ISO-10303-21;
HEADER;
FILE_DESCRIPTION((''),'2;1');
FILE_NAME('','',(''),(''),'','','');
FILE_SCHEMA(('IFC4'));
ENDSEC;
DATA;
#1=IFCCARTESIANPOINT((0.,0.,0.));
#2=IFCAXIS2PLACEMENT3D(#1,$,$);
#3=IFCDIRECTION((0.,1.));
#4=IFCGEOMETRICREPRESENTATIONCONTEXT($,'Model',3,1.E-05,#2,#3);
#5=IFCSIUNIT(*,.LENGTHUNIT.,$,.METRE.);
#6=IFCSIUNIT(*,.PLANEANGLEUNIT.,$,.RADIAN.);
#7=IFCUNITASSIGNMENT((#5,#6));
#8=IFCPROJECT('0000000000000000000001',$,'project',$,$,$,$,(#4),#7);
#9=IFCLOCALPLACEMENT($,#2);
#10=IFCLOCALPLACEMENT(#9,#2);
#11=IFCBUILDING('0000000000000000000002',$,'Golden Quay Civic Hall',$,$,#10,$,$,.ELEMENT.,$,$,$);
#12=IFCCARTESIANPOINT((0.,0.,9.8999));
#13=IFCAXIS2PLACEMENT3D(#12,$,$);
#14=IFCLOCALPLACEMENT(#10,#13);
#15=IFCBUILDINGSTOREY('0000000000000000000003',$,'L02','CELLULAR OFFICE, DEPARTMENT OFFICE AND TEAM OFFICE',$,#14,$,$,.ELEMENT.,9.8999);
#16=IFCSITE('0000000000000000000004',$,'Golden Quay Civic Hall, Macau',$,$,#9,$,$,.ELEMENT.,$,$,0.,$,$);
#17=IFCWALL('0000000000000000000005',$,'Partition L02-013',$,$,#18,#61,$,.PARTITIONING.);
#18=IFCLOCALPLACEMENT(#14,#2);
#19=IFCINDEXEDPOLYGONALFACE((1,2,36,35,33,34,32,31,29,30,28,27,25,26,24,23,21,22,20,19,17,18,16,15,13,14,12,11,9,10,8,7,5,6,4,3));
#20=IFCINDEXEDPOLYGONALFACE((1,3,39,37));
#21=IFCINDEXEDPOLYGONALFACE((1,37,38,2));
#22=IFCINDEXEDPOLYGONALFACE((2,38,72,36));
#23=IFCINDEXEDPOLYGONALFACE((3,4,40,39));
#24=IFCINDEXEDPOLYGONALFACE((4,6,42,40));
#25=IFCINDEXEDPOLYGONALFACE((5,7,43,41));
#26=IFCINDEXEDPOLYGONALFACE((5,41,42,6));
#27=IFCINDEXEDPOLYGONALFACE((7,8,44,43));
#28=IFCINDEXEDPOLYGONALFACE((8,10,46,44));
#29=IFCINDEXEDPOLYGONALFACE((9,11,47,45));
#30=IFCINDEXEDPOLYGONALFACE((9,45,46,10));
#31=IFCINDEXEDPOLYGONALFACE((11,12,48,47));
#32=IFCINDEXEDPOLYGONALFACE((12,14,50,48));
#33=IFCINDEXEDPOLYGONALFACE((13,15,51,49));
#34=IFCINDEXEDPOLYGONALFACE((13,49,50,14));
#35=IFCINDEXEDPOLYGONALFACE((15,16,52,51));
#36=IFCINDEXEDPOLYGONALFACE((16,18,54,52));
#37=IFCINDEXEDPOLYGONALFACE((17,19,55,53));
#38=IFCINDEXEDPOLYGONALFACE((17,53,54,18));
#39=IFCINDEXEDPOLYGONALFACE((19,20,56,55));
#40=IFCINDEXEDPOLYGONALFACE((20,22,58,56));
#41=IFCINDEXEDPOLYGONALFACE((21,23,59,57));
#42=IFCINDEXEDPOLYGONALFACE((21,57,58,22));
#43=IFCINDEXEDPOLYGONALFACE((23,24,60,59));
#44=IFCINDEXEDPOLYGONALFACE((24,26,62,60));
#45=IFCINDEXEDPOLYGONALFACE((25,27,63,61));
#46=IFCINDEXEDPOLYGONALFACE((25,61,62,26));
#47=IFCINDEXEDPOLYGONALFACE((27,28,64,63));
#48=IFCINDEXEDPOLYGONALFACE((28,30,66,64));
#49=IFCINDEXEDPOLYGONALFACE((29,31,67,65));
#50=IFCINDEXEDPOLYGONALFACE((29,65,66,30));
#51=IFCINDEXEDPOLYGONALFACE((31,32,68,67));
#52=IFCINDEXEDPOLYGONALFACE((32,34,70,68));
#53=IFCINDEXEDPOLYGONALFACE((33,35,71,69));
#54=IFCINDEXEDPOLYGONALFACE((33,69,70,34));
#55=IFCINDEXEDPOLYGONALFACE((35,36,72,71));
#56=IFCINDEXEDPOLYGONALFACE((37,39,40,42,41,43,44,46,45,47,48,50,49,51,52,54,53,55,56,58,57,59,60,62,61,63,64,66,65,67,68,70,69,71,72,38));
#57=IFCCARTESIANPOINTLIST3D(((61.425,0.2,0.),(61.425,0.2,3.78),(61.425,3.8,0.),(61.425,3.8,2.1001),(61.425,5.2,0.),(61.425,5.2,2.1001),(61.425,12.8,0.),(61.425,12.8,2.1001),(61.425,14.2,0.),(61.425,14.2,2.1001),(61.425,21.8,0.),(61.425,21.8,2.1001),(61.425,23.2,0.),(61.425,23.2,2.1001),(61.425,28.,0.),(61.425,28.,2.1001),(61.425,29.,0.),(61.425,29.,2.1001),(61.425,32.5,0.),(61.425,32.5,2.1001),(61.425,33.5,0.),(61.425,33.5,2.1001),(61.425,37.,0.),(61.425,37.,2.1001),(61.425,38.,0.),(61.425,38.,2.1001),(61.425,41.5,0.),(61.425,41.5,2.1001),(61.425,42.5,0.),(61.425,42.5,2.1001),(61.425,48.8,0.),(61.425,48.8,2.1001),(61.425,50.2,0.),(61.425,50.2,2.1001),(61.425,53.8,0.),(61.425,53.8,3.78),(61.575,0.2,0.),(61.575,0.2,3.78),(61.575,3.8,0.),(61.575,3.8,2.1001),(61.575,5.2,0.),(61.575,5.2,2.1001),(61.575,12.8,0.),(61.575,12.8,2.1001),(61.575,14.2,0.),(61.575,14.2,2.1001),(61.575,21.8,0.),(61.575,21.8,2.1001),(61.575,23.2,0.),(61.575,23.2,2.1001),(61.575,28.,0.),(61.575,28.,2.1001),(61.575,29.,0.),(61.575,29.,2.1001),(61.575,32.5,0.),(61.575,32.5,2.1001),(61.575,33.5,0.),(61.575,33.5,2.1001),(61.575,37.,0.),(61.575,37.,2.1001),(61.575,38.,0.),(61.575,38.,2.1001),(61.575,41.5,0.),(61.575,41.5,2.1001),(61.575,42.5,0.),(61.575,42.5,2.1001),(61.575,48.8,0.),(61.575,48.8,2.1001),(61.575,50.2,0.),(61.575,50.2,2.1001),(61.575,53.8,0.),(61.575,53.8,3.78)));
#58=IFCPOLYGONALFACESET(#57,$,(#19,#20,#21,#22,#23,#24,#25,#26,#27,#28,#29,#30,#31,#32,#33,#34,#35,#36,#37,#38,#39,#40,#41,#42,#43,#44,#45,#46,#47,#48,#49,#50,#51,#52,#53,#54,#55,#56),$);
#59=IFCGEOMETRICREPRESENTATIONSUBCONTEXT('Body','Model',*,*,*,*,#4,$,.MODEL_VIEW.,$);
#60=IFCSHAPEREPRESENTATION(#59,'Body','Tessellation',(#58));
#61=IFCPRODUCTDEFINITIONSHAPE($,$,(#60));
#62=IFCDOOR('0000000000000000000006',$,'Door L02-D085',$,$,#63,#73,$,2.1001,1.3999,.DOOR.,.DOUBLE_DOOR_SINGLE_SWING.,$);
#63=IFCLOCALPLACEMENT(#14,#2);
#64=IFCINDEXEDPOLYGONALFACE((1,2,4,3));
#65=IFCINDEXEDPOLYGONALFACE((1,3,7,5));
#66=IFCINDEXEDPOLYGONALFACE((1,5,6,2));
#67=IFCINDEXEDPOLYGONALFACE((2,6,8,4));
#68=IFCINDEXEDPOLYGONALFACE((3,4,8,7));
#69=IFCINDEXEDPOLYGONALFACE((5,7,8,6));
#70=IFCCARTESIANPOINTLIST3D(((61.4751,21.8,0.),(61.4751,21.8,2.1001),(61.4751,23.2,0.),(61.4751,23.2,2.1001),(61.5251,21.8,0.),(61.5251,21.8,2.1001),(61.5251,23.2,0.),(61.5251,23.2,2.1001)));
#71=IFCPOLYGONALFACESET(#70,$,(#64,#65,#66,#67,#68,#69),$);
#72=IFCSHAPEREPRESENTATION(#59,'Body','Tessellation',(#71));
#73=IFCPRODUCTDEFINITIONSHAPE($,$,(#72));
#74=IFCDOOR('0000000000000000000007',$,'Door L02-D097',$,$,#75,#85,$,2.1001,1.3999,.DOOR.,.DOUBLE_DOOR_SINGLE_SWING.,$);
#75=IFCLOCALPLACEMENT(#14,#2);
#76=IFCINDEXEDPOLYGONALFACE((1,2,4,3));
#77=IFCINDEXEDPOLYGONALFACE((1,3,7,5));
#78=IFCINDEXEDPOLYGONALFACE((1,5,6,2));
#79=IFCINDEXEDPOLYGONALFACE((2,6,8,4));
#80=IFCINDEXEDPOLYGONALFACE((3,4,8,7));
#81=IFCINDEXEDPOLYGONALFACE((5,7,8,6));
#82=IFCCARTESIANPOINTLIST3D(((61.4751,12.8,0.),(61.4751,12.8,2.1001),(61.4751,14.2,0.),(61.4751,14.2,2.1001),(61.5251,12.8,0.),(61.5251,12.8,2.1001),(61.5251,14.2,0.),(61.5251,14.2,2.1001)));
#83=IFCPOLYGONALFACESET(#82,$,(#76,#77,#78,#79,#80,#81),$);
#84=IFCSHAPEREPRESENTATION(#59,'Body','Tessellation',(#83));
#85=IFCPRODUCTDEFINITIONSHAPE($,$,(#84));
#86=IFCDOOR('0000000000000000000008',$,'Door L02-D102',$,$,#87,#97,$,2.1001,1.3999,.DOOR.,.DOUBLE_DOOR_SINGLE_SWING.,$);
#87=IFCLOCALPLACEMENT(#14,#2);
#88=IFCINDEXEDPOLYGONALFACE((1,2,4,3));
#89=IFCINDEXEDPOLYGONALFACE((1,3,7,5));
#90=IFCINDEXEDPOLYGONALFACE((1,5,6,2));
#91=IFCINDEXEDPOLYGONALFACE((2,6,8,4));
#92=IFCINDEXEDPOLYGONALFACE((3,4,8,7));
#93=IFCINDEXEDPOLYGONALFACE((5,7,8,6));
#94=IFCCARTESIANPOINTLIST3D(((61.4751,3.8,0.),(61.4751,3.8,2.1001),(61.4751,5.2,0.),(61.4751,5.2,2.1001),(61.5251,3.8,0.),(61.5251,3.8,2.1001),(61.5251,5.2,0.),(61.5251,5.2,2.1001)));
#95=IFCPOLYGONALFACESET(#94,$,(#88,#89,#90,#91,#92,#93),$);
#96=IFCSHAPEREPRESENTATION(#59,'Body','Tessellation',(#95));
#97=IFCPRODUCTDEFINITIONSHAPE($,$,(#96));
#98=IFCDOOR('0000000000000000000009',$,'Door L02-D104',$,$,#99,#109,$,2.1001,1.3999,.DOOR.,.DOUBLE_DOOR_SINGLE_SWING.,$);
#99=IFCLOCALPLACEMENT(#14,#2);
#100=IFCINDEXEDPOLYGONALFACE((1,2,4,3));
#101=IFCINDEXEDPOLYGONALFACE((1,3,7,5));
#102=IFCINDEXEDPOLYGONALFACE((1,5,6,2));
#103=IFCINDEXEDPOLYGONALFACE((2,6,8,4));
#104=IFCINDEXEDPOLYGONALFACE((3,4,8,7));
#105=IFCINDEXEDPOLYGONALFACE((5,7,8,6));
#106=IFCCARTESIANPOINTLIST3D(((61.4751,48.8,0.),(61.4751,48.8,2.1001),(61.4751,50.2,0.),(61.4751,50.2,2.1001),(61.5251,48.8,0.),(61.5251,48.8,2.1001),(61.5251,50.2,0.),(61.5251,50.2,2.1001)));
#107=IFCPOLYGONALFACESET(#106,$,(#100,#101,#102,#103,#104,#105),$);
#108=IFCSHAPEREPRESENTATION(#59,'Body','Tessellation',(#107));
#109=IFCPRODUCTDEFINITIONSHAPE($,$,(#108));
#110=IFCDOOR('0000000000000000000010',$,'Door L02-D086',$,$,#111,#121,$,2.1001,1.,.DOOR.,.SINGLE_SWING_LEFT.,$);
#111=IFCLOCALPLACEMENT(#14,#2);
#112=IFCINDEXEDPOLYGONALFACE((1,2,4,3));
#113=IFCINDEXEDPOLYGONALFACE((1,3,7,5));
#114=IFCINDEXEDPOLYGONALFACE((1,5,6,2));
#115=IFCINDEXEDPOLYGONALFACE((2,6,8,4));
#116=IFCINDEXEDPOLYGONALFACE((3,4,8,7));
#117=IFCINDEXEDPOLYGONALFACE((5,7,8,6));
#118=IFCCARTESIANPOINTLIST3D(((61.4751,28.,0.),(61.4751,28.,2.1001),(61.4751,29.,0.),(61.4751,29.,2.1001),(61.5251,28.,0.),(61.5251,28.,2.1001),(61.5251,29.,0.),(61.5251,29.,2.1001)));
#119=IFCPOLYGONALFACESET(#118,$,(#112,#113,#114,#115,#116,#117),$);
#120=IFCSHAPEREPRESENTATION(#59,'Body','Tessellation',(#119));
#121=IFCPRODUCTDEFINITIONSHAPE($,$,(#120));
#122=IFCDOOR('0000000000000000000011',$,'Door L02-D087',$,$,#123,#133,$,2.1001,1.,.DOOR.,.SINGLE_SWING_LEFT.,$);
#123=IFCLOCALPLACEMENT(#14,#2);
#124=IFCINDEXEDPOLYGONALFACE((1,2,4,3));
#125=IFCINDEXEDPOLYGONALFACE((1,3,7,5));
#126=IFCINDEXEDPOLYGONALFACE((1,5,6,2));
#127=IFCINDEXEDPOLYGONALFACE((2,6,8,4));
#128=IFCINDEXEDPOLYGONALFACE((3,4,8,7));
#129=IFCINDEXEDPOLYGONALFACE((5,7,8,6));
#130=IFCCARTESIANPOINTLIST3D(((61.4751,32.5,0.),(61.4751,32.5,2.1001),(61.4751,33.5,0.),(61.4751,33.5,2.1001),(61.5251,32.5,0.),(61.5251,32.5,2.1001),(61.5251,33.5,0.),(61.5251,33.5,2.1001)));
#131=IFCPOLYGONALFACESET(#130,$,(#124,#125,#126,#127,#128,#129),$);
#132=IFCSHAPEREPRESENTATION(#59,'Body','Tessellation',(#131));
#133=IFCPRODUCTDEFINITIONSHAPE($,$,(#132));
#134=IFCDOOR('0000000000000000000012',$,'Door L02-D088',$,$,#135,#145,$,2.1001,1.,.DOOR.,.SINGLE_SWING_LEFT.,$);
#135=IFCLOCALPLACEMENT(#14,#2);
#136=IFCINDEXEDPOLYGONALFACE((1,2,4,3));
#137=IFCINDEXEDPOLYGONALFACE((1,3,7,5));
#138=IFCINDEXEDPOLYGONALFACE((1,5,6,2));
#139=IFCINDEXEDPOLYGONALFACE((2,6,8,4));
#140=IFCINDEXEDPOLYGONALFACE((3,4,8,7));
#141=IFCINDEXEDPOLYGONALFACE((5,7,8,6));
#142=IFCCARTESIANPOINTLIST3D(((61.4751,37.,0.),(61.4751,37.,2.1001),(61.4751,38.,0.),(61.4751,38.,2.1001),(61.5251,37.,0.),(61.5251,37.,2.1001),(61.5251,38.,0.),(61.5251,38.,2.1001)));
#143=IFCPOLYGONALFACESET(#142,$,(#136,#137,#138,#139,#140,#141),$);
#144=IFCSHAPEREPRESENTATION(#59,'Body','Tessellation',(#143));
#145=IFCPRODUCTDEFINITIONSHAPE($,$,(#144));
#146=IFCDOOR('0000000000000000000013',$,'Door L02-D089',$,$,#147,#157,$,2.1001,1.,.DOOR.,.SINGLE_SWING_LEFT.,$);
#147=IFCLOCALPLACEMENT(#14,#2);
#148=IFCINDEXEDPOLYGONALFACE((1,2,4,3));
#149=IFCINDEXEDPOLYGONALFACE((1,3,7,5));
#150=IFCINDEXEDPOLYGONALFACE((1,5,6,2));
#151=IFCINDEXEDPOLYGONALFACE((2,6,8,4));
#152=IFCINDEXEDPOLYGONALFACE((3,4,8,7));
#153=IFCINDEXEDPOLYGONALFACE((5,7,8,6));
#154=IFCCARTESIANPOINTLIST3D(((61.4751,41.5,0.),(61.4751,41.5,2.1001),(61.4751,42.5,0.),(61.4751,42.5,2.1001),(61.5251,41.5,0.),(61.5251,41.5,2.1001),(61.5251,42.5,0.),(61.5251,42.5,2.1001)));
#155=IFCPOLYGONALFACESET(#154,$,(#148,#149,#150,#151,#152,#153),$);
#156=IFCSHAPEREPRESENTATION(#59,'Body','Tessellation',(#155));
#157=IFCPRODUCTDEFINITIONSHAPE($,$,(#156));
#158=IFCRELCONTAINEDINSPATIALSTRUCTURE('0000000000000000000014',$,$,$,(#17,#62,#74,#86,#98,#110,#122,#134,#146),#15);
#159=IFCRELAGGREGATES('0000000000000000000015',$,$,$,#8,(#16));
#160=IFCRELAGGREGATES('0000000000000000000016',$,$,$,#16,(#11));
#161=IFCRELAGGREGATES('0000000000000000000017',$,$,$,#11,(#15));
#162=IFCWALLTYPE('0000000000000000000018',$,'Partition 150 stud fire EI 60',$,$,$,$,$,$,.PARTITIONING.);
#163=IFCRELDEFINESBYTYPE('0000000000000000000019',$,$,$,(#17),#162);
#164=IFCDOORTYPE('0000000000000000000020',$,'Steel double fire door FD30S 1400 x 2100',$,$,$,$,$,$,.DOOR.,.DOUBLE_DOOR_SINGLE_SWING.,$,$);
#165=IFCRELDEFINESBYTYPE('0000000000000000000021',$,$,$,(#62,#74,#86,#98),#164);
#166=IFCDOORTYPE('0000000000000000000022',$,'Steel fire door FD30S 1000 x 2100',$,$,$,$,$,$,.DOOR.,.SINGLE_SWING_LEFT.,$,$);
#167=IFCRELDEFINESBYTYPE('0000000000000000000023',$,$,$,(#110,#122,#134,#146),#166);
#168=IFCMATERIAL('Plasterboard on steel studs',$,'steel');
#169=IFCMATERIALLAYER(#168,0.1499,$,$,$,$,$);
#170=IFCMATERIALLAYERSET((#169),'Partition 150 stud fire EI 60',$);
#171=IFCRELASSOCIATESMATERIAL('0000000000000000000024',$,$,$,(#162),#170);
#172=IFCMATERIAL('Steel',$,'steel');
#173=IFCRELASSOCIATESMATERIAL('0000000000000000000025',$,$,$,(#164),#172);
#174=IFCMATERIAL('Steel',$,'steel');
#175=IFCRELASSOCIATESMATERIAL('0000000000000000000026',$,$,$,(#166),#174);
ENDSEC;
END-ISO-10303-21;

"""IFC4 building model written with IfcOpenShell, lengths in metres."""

from ifc_helpers import new_model, si_unit, direction, frame, frame_2d, origin, place, context, subcontext, project, spatial, rectangle, extrude, material, layer, layer_set, type_object, element, fill, save


model = new_model("IFC4")

# Units and contexts
model_context = context("Model", 3, precision=1e-05, world=origin(), true_north=direction((0.0, 1.0)))
body_context = subcontext(model_context, "Body", "Model", "MODEL_VIEW")
ifc_project = project(units=[si_unit("LENGTHUNIT", "METRE"), si_unit("PLANEANGLEUNIT", "RADIAN")], contexts=[model_context])

# Site, building, storey
site_placement = place(None, origin())
site = spatial("IfcSite", under=ifc_project, at=site_placement, Name="Golden Quay Civic Hall, Macau", CompositionType="ELEMENT", RefElevation=0.0)
building_placement = place(site_placement, origin())
building = spatial("IfcBuilding", under=site, at=building_placement, Name="Golden Quay Civic Hall", CompositionType="ELEMENT")
storey_placement = place(building_placement, frame((0.0, 0.0, 9.8999)))
storey = spatial("IfcBuildingStorey", under=building, at=storey_placement, Name="L02", Description="CELLULAR OFFICE, DEPARTMENT OFFICE AND TEAM OFFICE", CompositionType="ELEMENT", Elevation=9.8999)

# Wall, openings, doors
ifc_material_1 = material(Name="Plasterboard on steel studs", Category="steel")
ifc_layer_1 = layer(ifc_material_1, 0.1499)
ifc_layer_set_1 = layer_set([ifc_layer_1], Name="Partition 150 stud fire EI 60")
wall_type_1 = type_object("IfcWallType", Name="Partition 150 stud fire EI 60", PredefinedType="PARTITIONING", material=ifc_layer_set_1)
wall_1_placement = place(storey_placement, frame((61.5, 0.2, 0.0), z_axis=(0.0, 0.0, 1.0), x_axis=(0.0, 1.0, 0.0)))
wall_1 = element("IfcWall", 1, at=wall_1_placement, inside=storey, type_object=wall_type_1, Name="Partition L02-013", PredefinedType="PARTITIONING", context=body_context, shape_type="SweptSolid", body=[
    extrude(rectangle(XDim=53.6001, YDim=0.1499, at=frame_2d((26.8, 0.0))), origin(), (0.0, 0.0, 1.0), 3.78),
])
opening_1_placement = place(wall_1_placement, frame((21.6001, 0.0, 0.0)))
opening_1 = element("IfcOpeningElement", 2, at=opening_1_placement, cuts=wall_1, PredefinedType="OPENING", context=body_context, shape_type="SweptSolid", body=[
    extrude(rectangle(XDim=1.3999, YDim=2.1001, at=frame_2d((0.7, 1.05))), frame((0.0, 0.085, 0.0), z_axis=(0.0, -1.0, 0.0), x_axis=(1.0, 0.0, 0.0)), (0.0, 0.0, 1.0), 0.1699),
])
opening_2_placement = place(wall_1_placement, frame((27.8, 0.0, 0.0)))
opening_2 = element("IfcOpeningElement", 3, at=opening_2_placement, cuts=wall_1, PredefinedType="OPENING", context=body_context, shape_type="SweptSolid", body=[
    extrude(rectangle(XDim=1.0, YDim=2.1001, at=frame_2d((0.5, 1.05))), frame((0.0, 0.085, 0.0), z_axis=(0.0, -1.0, 0.0), x_axis=(1.0, 0.0, 0.0)), (0.0, 0.0, 1.0), 0.1699),
])
opening_3_placement = place(wall_1_placement, frame((32.3, 0.0, 0.0)))
opening_3 = element("IfcOpeningElement", 4, at=opening_3_placement, cuts=wall_1, PredefinedType="OPENING", context=body_context, shape_type="SweptSolid", body=[
    extrude(rectangle(XDim=1.0, YDim=2.1001, at=frame_2d((0.5, 1.05))), frame((0.0, 0.085, 0.0), z_axis=(0.0, -1.0, 0.0), x_axis=(1.0, 0.0, 0.0)), (0.0, 0.0, 1.0), 0.1699),
])
opening_4_placement = place(wall_1_placement, frame((36.8, 0.0, 0.0)))
opening_4 = element("IfcOpeningElement", 5, at=opening_4_placement, cuts=wall_1, PredefinedType="OPENING", context=body_context, shape_type="SweptSolid", body=[
    extrude(rectangle(XDim=1.0, YDim=2.1001, at=frame_2d((0.5, 1.05))), frame((0.0, 0.085, 0.0), z_axis=(0.0, -1.0, 0.0), x_axis=(1.0, 0.0, 0.0)), (0.0, 0.0, 1.0), 0.1699),
])
opening_5_placement = place(wall_1_placement, frame((41.3, 0.0, 0.0)))
opening_5 = element("IfcOpeningElement", 6, at=opening_5_placement, cuts=wall_1, PredefinedType="OPENING", context=body_context, shape_type="SweptSolid", body=[
    extrude(rectangle(XDim=1.0, YDim=2.1001, at=frame_2d((0.5, 1.05))), frame((0.0, 0.085, 0.0), z_axis=(0.0, -1.0, 0.0), x_axis=(1.0, 0.0, 0.0)), (0.0, 0.0, 1.0), 0.1699),
])
opening_6_placement = place(wall_1_placement, frame((12.6001, 0.0, 0.0)))
opening_6 = element("IfcOpeningElement", 7, at=opening_6_placement, cuts=wall_1, PredefinedType="OPENING", context=body_context, shape_type="SweptSolid", body=[
    extrude(rectangle(XDim=1.3999, YDim=2.1001, at=frame_2d((0.7, 1.05))), frame((0.0, 0.085, 0.0), z_axis=(0.0, -1.0, 0.0), x_axis=(1.0, 0.0, 0.0)), (0.0, 0.0, 1.0), 0.1699),
])
opening_7_placement = place(wall_1_placement, frame((3.6001, 0.0, 0.0)))
opening_7 = element("IfcOpeningElement", 8, at=opening_7_placement, cuts=wall_1, PredefinedType="OPENING", context=body_context, shape_type="SweptSolid", body=[
    extrude(rectangle(XDim=1.3999, YDim=2.1001, at=frame_2d((0.7, 1.05))), frame((0.0, 0.085, 0.0), z_axis=(0.0, -1.0, 0.0), x_axis=(1.0, 0.0, 0.0)), (0.0, 0.0, 1.0), 0.1699),
])
opening_8_placement = place(wall_1_placement, frame((48.6001, 0.0, 0.0)))
opening_8 = element("IfcOpeningElement", 9, at=opening_8_placement, cuts=wall_1, PredefinedType="OPENING", context=body_context, shape_type="SweptSolid", body=[
    extrude(rectangle(XDim=1.3999, YDim=2.1001, at=frame_2d((0.7, 1.05))), frame((0.0, 0.085, 0.0), z_axis=(0.0, -1.0, 0.0), x_axis=(1.0, 0.0, 0.0)), (0.0, 0.0, 1.0), 0.1699),
])
ifc_material_2 = material(Name="Steel", Category="steel")
door_type_1 = type_object("IfcDoorType", Name="Steel double fire door FD30S 1400 x 2100", OperationType="DOUBLE_DOOR_SINGLE_SWING", PredefinedType="DOOR", material=ifc_material_2)
door_1_placement = place(opening_1_placement, origin())
door_1 = element("IfcDoor", 10, at=door_1_placement, inside=storey, type_object=door_type_1, Name="Door L02-D085", OperationType="DOUBLE_DOOR_SINGLE_SWING", OverallHeight=2.1001, OverallWidth=1.3999, PredefinedType="DOOR", context=body_context, shape_type="SweptSolid", body=[
    extrude(rectangle(XDim=1.3999, YDim=2.1001, at=frame_2d((0.7, 1.05))), frame((0.0, 0.0249, 0.0), z_axis=(0.0, -1.0, 0.0), x_axis=(1.0, 0.0, 0.0)), (0.0, 0.0, 1.0), 0.05),
])
fill(opening_1, door_1)
door_2_placement = place(opening_6_placement, origin())
door_2 = element("IfcDoor", 11, at=door_2_placement, inside=storey, type_object=door_type_1, Name="Door L02-D097", OperationType="DOUBLE_DOOR_SINGLE_SWING", OverallHeight=2.1001, OverallWidth=1.3999, PredefinedType="DOOR", context=body_context, shape_type="SweptSolid", body=[
    extrude(rectangle(XDim=1.3999, YDim=2.1001, at=frame_2d((0.7, 1.05))), frame((0.0, 0.0249, 0.0), z_axis=(0.0, -1.0, 0.0), x_axis=(1.0, 0.0, 0.0)), (0.0, 0.0, 1.0), 0.05),
])
fill(opening_6, door_2)
door_3_placement = place(opening_7_placement, frame((1.3999, 0.0, 0.0), z_axis=(0.0, 0.0, 1.0), x_axis=(-1.0, 0.0, 0.0)))
door_3 = element("IfcDoor", 12, at=door_3_placement, inside=storey, type_object=door_type_1, Name="Door L02-D102", OperationType="DOUBLE_DOOR_SINGLE_SWING", OverallHeight=2.1001, OverallWidth=1.3999, PredefinedType="DOOR", context=body_context, shape_type="SweptSolid", body=[
    extrude(rectangle(XDim=1.3999, YDim=2.1001, at=frame_2d((0.7, 1.05))), frame((0.0, 0.0251, 0.0), z_axis=(0.0, -1.0, 0.0), x_axis=(1.0, 0.0, 0.0)), (0.0, 0.0, 1.0), 0.05),
])
fill(opening_7, door_3)
door_4_placement = place(opening_8_placement, frame((1.3999, 0.0, 0.0), z_axis=(0.0, 0.0, 1.0), x_axis=(-1.0, 0.0, 0.0)))
door_4 = element("IfcDoor", 13, at=door_4_placement, inside=storey, type_object=door_type_1, Name="Door L02-D104", OperationType="DOUBLE_DOOR_SINGLE_SWING", OverallHeight=2.1001, OverallWidth=1.3999, PredefinedType="DOOR", context=body_context, shape_type="SweptSolid", body=[
    extrude(rectangle(XDim=1.3999, YDim=2.1001, at=frame_2d((0.7, 1.05))), frame((0.0, 0.0251, 0.0), z_axis=(0.0, -1.0, 0.0), x_axis=(1.0, 0.0, 0.0)), (0.0, 0.0, 1.0), 0.05),
])
fill(opening_8, door_4)
ifc_material_3 = material(Name="Steel", Category="steel")
door_type_2 = type_object("IfcDoorType", Name="Steel fire door FD30S 1000 x 2100", OperationType="SINGLE_SWING_LEFT", PredefinedType="DOOR", material=ifc_material_3)
door_5_placement = place(opening_2_placement, origin())
door_5 = element("IfcDoor", 14, at=door_5_placement, inside=storey, type_object=door_type_2, Name="Door L02-D086", OperationType="SINGLE_SWING_LEFT", OverallHeight=2.1001, OverallWidth=1.0, PredefinedType="DOOR", context=body_context, shape_type="SweptSolid", body=[
    extrude(rectangle(XDim=1.0, YDim=2.1001, at=frame_2d((0.5, 1.05))), frame((0.0, 0.0249, 0.0), z_axis=(0.0, -1.0, 0.0), x_axis=(1.0, 0.0, 0.0)), (0.0, 0.0, 1.0), 0.05),
])
fill(opening_2, door_5)
door_6_placement = place(opening_3_placement, origin())
door_6 = element("IfcDoor", 15, at=door_6_placement, inside=storey, type_object=door_type_2, Name="Door L02-D087", OperationType="SINGLE_SWING_LEFT", OverallHeight=2.1001, OverallWidth=1.0, PredefinedType="DOOR", context=body_context, shape_type="SweptSolid", body=[
    extrude(rectangle(XDim=1.0, YDim=2.1001, at=frame_2d((0.5, 1.05))), frame((0.0, 0.0249, 0.0), z_axis=(0.0, -1.0, 0.0), x_axis=(1.0, 0.0, 0.0)), (0.0, 0.0, 1.0), 0.05),
])
fill(opening_3, door_6)
door_7_placement = place(opening_4_placement, origin())
door_7 = element("IfcDoor", 16, at=door_7_placement, inside=storey, type_object=door_type_2, Name="Door L02-D088", OperationType="SINGLE_SWING_LEFT", OverallHeight=2.1001, OverallWidth=1.0, PredefinedType="DOOR", context=body_context, shape_type="SweptSolid", body=[
    extrude(rectangle(XDim=1.0, YDim=2.1001, at=frame_2d((0.5, 1.05))), frame((0.0, 0.0249, 0.0), z_axis=(0.0, -1.0, 0.0), x_axis=(1.0, 0.0, 0.0)), (0.0, 0.0, 1.0), 0.05),
])
fill(opening_4, door_7)
door_8_placement = place(opening_5_placement, origin())
door_8 = element("IfcDoor", 17, at=door_8_placement, inside=storey, type_object=door_type_2, Name="Door L02-D089", OperationType="SINGLE_SWING_LEFT", OverallHeight=2.1001, OverallWidth=1.0, PredefinedType="DOOR", context=body_context, shape_type="SweptSolid", body=[
    extrude(rectangle(XDim=1.0, YDim=2.1001, at=frame_2d((0.5, 1.05))), frame((0.0, 0.0249, 0.0), z_axis=(0.0, -1.0, 0.0), x_axis=(1.0, 0.0, 0.0)), (0.0, 0.0, 1.0), 0.05),
])
fill(opening_5, door_8)

save(model, "model.ifc")
